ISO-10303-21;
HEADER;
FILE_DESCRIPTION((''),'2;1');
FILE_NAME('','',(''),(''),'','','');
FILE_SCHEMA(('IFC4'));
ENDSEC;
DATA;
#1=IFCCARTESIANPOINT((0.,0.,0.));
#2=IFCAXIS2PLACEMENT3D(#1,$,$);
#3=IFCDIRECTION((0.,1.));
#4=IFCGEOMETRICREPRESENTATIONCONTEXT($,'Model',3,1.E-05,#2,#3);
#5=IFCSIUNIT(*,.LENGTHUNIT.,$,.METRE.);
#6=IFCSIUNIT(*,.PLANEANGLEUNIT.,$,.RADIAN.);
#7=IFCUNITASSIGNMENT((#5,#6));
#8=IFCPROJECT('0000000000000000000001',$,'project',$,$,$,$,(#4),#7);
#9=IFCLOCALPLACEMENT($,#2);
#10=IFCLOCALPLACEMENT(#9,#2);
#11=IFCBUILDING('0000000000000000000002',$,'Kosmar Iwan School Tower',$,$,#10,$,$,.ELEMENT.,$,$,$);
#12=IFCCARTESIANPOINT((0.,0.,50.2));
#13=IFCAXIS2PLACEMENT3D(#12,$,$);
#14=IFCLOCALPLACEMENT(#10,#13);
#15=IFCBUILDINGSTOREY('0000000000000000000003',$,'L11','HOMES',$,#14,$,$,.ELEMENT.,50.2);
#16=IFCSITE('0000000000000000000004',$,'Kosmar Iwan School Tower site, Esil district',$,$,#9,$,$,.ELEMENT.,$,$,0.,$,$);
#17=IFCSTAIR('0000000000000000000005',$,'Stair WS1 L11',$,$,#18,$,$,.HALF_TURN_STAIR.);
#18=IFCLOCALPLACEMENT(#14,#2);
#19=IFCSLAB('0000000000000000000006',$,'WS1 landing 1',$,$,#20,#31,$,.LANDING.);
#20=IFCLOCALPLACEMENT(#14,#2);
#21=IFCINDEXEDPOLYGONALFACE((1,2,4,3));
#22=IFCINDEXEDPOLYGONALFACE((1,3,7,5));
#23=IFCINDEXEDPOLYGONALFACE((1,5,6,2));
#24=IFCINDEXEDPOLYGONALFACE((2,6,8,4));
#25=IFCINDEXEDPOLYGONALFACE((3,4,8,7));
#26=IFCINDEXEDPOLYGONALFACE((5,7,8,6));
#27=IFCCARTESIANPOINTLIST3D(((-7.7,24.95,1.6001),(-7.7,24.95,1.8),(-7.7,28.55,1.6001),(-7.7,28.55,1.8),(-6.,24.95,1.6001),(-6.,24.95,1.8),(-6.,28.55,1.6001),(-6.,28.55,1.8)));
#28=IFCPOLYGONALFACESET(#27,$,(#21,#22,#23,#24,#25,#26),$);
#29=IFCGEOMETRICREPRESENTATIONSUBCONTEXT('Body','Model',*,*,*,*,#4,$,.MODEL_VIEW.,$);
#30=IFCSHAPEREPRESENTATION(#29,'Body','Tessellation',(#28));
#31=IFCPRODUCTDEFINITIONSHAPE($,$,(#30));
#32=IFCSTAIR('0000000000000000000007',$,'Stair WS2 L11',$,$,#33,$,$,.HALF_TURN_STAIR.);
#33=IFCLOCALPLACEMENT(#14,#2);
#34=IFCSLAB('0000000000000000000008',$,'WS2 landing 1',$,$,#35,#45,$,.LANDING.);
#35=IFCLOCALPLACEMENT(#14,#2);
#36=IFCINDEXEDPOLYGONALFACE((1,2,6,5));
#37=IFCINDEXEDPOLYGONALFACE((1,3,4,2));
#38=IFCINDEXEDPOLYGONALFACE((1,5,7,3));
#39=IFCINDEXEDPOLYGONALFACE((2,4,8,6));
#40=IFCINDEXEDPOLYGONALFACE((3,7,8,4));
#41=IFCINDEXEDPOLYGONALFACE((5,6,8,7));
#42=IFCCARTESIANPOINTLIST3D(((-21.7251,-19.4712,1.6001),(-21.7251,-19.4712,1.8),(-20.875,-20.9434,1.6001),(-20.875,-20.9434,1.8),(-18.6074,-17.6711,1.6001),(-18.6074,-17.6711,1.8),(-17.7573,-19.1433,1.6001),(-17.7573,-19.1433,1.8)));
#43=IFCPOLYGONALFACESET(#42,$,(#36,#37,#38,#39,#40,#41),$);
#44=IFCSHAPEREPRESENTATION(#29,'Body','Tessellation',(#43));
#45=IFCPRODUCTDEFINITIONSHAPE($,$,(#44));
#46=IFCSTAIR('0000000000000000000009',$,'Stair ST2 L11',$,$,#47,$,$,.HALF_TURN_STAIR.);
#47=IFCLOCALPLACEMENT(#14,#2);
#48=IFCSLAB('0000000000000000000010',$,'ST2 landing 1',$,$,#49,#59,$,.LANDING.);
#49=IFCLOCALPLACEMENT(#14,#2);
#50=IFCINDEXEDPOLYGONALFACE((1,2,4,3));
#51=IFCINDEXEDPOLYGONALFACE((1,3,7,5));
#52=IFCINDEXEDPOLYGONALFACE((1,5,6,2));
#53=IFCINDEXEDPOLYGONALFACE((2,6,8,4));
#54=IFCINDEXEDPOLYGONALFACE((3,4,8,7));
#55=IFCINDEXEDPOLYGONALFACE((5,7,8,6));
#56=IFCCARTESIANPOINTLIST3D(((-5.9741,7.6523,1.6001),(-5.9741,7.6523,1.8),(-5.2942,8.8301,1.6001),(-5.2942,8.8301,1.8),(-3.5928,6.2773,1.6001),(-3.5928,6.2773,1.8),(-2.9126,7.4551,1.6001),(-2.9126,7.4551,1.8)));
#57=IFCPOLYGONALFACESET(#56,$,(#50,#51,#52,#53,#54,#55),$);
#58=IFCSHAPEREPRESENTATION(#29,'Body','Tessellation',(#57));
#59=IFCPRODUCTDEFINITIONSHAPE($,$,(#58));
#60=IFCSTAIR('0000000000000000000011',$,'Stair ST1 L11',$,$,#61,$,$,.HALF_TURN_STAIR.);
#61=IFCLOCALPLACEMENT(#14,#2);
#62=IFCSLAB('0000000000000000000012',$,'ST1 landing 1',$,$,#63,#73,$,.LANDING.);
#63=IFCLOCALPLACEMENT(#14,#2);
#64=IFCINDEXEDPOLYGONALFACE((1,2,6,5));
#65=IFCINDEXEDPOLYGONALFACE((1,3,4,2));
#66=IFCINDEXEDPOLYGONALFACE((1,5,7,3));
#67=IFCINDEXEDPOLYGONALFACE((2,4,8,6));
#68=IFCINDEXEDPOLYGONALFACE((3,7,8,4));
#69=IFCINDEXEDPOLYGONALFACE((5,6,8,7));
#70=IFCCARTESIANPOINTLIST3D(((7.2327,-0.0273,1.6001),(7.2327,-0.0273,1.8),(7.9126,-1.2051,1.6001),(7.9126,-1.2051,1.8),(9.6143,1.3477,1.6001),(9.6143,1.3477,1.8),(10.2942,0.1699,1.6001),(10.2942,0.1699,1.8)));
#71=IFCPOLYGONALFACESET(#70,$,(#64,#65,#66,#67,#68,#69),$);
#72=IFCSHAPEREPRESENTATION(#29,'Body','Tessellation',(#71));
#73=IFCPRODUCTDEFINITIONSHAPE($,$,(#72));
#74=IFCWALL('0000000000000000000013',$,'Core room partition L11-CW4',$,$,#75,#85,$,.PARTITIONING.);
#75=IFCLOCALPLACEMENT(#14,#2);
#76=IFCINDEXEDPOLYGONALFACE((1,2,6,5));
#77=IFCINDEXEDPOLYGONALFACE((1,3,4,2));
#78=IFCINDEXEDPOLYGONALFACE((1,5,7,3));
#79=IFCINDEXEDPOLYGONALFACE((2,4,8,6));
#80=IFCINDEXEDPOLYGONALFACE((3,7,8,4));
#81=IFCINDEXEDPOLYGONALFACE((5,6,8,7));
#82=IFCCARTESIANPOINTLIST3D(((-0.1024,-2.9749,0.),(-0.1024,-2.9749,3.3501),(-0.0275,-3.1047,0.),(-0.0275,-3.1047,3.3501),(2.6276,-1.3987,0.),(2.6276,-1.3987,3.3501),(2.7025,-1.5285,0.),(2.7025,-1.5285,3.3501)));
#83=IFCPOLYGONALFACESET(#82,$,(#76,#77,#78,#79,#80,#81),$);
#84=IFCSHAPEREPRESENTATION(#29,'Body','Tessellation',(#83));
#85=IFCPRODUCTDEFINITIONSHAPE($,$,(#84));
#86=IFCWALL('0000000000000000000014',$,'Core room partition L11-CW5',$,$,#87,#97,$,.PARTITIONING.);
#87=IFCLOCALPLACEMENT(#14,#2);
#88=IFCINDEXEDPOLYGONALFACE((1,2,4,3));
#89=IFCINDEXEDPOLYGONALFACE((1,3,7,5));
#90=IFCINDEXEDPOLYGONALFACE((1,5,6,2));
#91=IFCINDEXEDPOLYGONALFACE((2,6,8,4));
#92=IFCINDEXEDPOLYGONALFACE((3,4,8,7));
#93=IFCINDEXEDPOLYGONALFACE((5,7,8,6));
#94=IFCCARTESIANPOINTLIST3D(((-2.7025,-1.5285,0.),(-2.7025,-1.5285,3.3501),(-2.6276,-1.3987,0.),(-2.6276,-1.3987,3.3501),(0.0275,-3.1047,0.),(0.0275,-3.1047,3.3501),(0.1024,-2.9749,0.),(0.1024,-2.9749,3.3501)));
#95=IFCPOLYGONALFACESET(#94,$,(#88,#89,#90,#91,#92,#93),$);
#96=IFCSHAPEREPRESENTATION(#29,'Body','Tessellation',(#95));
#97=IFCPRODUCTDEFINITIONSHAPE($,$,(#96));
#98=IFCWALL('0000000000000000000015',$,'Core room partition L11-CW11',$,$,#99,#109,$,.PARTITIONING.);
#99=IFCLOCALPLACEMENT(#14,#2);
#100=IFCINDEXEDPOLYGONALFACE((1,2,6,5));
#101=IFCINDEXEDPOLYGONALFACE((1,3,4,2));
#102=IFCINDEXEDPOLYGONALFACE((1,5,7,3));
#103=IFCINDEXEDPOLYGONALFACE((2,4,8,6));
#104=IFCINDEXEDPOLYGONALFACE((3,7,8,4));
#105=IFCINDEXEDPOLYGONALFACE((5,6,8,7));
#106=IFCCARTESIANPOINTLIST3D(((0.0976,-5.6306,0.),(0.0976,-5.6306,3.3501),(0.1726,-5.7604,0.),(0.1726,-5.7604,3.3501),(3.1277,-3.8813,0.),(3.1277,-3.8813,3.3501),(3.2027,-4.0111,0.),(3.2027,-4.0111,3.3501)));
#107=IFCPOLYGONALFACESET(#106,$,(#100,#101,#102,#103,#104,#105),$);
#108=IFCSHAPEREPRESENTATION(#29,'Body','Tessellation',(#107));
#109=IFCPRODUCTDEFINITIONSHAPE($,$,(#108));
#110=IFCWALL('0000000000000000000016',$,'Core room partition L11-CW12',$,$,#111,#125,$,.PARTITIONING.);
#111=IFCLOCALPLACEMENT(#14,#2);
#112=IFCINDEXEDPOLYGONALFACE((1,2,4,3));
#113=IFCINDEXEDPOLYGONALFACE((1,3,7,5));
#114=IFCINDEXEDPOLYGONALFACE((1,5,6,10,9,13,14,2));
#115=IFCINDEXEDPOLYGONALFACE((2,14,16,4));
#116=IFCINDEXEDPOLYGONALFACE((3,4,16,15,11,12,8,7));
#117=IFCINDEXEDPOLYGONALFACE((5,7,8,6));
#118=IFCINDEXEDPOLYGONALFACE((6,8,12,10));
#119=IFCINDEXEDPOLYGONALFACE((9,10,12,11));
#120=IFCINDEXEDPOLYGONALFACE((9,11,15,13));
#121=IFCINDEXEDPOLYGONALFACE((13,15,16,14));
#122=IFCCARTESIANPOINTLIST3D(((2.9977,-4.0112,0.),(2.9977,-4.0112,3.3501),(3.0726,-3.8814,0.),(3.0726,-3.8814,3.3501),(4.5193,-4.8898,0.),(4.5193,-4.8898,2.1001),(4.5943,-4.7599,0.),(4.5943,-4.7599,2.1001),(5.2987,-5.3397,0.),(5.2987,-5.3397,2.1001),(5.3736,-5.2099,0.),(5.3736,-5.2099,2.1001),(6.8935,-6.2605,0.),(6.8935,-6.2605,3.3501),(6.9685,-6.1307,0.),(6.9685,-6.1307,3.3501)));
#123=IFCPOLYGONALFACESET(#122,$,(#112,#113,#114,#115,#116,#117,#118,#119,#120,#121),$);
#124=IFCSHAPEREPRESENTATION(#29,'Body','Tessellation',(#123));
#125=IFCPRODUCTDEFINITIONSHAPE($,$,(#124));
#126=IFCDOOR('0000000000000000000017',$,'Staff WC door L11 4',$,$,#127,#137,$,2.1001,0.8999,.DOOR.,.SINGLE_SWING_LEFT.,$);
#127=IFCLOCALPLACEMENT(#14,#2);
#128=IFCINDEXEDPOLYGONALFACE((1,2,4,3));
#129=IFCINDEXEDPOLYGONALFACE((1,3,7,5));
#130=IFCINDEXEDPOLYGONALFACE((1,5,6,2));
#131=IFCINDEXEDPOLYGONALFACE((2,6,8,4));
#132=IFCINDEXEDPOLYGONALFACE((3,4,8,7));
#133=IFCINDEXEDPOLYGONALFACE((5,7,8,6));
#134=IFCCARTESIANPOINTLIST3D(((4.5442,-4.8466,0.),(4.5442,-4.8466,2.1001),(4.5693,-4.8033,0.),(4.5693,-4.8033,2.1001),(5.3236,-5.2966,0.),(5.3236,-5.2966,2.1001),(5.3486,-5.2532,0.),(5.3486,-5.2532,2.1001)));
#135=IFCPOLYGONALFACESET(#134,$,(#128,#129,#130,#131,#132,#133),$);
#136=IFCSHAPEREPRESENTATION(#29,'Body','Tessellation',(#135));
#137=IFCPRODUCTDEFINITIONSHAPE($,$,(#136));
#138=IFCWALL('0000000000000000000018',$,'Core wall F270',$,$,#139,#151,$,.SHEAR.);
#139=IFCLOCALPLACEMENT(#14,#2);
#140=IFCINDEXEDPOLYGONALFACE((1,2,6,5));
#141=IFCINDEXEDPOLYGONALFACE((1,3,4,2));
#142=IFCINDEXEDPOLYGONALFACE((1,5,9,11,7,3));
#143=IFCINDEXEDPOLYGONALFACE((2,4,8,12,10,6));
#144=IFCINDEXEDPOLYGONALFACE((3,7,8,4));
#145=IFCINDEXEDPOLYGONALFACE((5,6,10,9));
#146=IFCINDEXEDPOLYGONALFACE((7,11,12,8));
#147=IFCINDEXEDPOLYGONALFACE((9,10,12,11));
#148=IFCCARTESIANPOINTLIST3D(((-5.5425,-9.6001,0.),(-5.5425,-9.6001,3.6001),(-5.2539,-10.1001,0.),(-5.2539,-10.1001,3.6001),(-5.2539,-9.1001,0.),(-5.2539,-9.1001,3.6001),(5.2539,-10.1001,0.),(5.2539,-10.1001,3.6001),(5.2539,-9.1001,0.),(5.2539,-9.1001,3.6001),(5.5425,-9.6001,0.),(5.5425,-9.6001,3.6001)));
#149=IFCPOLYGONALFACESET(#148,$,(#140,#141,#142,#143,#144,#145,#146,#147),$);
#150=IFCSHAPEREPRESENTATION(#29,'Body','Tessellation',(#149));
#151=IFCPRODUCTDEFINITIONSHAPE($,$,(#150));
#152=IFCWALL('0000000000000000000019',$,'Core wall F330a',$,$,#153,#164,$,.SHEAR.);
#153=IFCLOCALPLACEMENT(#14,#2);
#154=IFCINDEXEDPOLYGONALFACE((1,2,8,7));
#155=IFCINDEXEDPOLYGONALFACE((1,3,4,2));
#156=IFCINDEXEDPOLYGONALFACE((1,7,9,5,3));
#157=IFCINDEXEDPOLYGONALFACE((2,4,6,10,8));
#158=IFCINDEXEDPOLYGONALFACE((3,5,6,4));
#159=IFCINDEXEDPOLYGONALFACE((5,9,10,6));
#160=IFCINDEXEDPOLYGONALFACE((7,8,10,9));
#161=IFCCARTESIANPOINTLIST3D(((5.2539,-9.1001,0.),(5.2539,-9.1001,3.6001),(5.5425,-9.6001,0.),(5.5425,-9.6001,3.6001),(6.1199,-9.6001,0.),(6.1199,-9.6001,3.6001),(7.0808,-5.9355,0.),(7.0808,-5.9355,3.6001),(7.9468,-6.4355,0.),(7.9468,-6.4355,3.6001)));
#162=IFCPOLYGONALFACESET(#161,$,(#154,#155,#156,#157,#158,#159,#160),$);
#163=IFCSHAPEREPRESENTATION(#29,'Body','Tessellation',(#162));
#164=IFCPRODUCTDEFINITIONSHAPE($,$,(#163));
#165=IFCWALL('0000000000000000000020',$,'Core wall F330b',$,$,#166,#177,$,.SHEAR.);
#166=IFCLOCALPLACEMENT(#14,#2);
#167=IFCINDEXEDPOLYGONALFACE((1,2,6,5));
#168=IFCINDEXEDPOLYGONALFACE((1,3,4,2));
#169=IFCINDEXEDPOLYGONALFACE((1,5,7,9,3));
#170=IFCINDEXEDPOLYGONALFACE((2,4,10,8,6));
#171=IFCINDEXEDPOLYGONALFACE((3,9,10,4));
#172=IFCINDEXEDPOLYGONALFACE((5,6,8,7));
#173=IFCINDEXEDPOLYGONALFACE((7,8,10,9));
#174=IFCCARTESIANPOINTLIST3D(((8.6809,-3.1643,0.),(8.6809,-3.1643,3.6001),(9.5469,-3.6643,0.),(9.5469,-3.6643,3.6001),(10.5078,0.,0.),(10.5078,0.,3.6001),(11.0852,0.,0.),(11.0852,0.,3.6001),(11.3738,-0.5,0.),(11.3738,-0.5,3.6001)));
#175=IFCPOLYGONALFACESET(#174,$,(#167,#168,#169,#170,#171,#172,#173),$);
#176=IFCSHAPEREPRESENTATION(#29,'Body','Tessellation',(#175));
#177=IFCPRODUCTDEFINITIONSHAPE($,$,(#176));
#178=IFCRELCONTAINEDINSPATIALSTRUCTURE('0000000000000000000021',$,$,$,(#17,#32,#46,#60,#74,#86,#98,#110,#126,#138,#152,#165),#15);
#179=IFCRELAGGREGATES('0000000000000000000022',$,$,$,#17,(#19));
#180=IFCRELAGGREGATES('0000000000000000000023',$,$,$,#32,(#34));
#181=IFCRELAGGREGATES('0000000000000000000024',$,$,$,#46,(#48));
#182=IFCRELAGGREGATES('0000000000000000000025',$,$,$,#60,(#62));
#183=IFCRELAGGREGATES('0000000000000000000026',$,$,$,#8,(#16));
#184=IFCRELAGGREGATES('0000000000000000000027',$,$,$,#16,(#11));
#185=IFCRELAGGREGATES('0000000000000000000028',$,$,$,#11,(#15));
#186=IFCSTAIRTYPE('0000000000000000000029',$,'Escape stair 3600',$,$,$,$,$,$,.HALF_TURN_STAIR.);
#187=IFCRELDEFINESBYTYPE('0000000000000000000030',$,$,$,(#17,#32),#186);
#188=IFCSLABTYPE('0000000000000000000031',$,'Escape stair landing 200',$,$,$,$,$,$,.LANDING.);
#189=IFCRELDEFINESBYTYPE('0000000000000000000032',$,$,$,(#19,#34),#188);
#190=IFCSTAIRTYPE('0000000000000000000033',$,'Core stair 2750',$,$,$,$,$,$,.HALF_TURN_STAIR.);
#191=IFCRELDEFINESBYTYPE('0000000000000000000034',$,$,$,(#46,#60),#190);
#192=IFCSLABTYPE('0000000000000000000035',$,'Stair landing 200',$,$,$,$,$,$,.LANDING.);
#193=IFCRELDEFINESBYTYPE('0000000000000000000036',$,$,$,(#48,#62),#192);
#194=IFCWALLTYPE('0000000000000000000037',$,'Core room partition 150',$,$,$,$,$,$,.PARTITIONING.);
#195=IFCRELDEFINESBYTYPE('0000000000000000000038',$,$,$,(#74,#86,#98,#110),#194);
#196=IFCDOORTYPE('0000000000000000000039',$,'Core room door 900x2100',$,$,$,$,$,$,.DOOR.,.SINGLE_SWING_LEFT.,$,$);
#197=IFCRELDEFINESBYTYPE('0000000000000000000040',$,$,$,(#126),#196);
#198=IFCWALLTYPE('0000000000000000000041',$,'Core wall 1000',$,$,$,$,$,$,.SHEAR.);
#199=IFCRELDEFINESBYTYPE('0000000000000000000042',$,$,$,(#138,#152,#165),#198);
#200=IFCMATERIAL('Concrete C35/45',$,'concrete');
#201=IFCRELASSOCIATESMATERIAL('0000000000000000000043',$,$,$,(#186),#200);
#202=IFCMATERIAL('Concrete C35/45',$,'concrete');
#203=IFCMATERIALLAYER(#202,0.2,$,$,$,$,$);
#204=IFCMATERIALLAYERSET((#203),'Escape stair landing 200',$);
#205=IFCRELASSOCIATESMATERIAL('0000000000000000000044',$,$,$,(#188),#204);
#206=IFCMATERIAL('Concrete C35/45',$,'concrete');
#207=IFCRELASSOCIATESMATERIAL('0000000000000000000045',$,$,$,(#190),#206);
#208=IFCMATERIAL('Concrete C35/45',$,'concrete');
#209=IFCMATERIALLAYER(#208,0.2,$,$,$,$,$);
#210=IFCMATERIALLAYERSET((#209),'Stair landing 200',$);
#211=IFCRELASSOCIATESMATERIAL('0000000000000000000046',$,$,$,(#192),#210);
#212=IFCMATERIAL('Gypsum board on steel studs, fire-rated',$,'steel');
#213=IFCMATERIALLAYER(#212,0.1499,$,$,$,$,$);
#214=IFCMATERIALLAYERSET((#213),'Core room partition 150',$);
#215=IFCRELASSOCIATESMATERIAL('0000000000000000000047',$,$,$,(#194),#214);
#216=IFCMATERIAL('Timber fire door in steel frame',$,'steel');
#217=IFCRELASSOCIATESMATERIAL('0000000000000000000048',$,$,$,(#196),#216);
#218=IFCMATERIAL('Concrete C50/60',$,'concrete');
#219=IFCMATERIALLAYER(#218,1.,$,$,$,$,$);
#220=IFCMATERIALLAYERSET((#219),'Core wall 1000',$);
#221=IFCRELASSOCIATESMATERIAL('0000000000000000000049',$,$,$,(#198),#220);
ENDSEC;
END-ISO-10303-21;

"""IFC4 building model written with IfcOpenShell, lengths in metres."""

from ifc_helpers import new_model, si_unit, direction, frame, frame_2d, origin, place, context, subcontext, project, spatial, polyline, rectangle, outline, extrude, material, layer, layer_set, type_object, element, fill, aggregate, save


model = new_model("IFC4")

# Units and contexts
model_context = context("Model", 3, precision=1e-05, world=origin(), true_north=direction((0.0, 1.0)))
body_context = subcontext(model_context, "Body", "Model", "MODEL_VIEW")
ifc_project = project(units=[si_unit("LENGTHUNIT", "METRE"), si_unit("PLANEANGLEUNIT", "RADIAN")], contexts=[model_context])

# Site, building, storey
site_placement = place(None, origin())
site = spatial("IfcSite", under=ifc_project, at=site_placement, Name="Kosmar Iwan School Tower site, Esil district", CompositionType="ELEMENT", RefElevation=0.0)
building_placement = place(site_placement, origin())
building = spatial("IfcBuilding", under=site, at=building_placement, Name="Kosmar Iwan School Tower", CompositionType="ELEMENT")
storey_placement = place(building_placement, frame((0.0, 0.0, 50.2)))
storey = spatial("IfcBuildingStorey", under=building, at=storey_placement, Name="L11", Description="HOMES", CompositionType="ELEMENT", Elevation=50.2)

# Stairs, slabs
ifc_material_1 = material(Name="Concrete C35/45", Category="concrete")
stair_type_1 = type_object("IfcStairType", Name="Escape stair 3600", PredefinedType="HALF_TURN_STAIR", material=ifc_material_1)
stair_1_placement = place(storey_placement, origin())
stair_1 = element("IfcStair", 1, at=stair_1_placement, inside=storey, type_object=stair_type_1, Name="Stair WS1 L11", PredefinedType="HALF_TURN_STAIR")
ifc_material_2 = material(Name="Concrete C35/45", Category="concrete")
ifc_layer_1 = layer(ifc_material_2, 0.2)
ifc_layer_set_1 = layer_set([ifc_layer_1], Name="Escape stair landing 200")
slab_type_1 = type_object("IfcSlabType", Name="Escape stair landing 200", PredefinedType="LANDING", material=ifc_layer_set_1)
slab_1_placement = place(storey_placement, frame((0.0, 0.0, 1.6001)))
slab_1 = element("IfcSlab", 2, at=slab_1_placement, type_object=slab_type_1, Name="WS1 landing 1", PredefinedType="LANDING", context=body_context, shape_type="SweptSolid", body=[
    extrude(outline(polyline([(-6.0, 24.95), (-6.0, 28.55), (-7.7, 28.55), (-7.7, 24.95), (-6.0, 24.95)])), origin(), (0.0, 0.0, 1.0), 0.2),
])
aggregate(stair_1, [slab_1])
stair_2_placement = place(storey_placement, origin())
stair_2 = element("IfcStair", 3, at=stair_2_placement, inside=storey, type_object=stair_type_1, Name="Stair WS2 L11", PredefinedType="HALF_TURN_STAIR")
slab_2_placement = place(storey_placement, frame((0.0, 0.0, 1.6001)))
slab_2 = element("IfcSlab", 4, at=slab_2_placement, type_object=slab_type_1, Name="WS2 landing 1", PredefinedType="LANDING", context=body_context, shape_type="SweptSolid", body=[
    extrude(outline(polyline([(-18.6074, -17.6711), (-21.7251, -19.4712), (-20.875, -20.9434), (-17.7573, -19.1433), (-18.6074, -17.6711)])), origin(), (0.0, 0.0, 1.0), 0.2),
])
aggregate(stair_2, [slab_2])
ifc_material_3 = material(Name="Concrete C35/45", Category="concrete")
stair_type_2 = type_object("IfcStairType", Name="Core stair 2750", PredefinedType="HALF_TURN_STAIR", material=ifc_material_3)
stair_3_placement = place(storey_placement, origin())
stair_3 = element("IfcStair", 5, at=stair_3_placement, inside=storey, type_object=stair_type_2, Name="Stair ST2 L11", PredefinedType="HALF_TURN_STAIR")
ifc_material_4 = material(Name="Concrete C35/45", Category="concrete")
ifc_layer_2 = layer(ifc_material_4, 0.2)
ifc_layer_set_2 = layer_set([ifc_layer_2], Name="Stair landing 200")
slab_type_2 = type_object("IfcSlabType", Name="Stair landing 200", PredefinedType="LANDING", material=ifc_layer_set_2)
slab_3_placement = place(storey_placement, frame((0.0, 0.0, 1.6001)))
slab_3 = element("IfcSlab", 6, at=slab_3_placement, type_object=slab_type_2, Name="ST2 landing 1", PredefinedType="LANDING", context=body_context, shape_type="SweptSolid", body=[
    extrude(outline(polyline([(-2.9126, 7.4551), (-5.2942, 8.8301), (-5.9741, 7.6523), (-3.5928, 6.2773), (-2.9126, 7.4551)])), origin(), (0.0, 0.0, 1.0), 0.2),
])
aggregate(stair_3, [slab_3])
stair_4_placement = place(storey_placement, origin())
stair_4 = element("IfcStair", 7, at=stair_4_placement, inside=storey, type_object=stair_type_2, Name="Stair ST1 L11", PredefinedType="HALF_TURN_STAIR")
slab_4_placement = place(storey_placement, frame((0.0, 0.0, 1.6001)))
slab_4 = element("IfcSlab", 8, at=slab_4_placement, type_object=slab_type_2, Name="ST1 landing 1", PredefinedType="LANDING", context=body_context, shape_type="SweptSolid", body=[
    extrude(outline(polyline([(7.9126, -1.2051), (10.2942, 0.1699), (9.6143, 1.3477), (7.2327, -0.0273), (7.9126, -1.2051)])), origin(), (0.0, 0.0, 1.0), 0.2),
])
aggregate(stair_4, [slab_4])

# Walls
ifc_material_5 = material(Name="Gypsum board on steel studs, fire-rated", Category="steel")
ifc_layer_3 = layer(ifc_material_5, 0.1499)
ifc_layer_set_3 = layer_set([ifc_layer_3], Name="Core room partition 150")
wall_type_1 = type_object("IfcWallType", Name="Core room partition 150", PredefinedType="PARTITIONING", material=ifc_layer_set_3)
for number, where, z_axis, x_axis, name in (
    (9, (2.665, -1.4636, 0.0), (0.0, 0.0, 1.0), (-0.866023, -0.500004, 0.0), "Core room partition L11-CW4"),
    (10, (0.0649, -3.0398, 0.0), (0.0, 0.0, 1.0), (-0.866023, 0.500004, 0.0), "Core room partition L11-CW5"),
):
    element("IfcWall", number, at=place(storey_placement, frame(where, z_axis=z_axis, x_axis=x_axis)), inside=storey, type_object=wall_type_1, Name=name, PredefinedType="PARTITIONING", context=body_context, shape_type="SweptSolid", body=[
        extrude(rectangle(XDim=3.1523, YDim=0.1499, at=frame_2d((1.5762, 0.0))), origin(), (0.0, 0.0, 1.0), 3.3501),
    ])
wall_1_placement = place(storey_placement, frame((0.135, -5.6956, 0.0), z_axis=(0.0, 0.0, 1.0), x_axis=(0.86604, 0.499974, 0.0)))
element("IfcWall", 11, at=wall_1_placement, inside=storey, type_object=wall_type_1, Name="Core room partition L11-CW11", PredefinedType="PARTITIONING", context=body_context, shape_type="SweptSolid", body=[
    extrude(rectangle(XDim=3.4988, YDim=0.1499, at=frame_2d((1.7495, 0.0))), origin(), (0.0, 0.0, 1.0), 3.3501),
])

# Wall, opening, door
wall_2_placement = place(storey_placement, frame((3.0352, -3.9463, 0.0), z_axis=(0.0, 0.0, 1.0), x_axis=(0.86602, -0.500009, 0.0)))
wall_2 = element("IfcWall", 12, at=wall_2_placement, inside=storey, type_object=wall_type_1, Name="Core room partition L11-CW12", PredefinedType="PARTITIONING", context=body_context, shape_type="SweptSolid", body=[
    extrude(rectangle(XDim=4.4985, YDim=0.1499, at=frame_2d((2.2493, 0.0))), origin(), (0.0, 0.0, 1.0), 3.3501),
])
opening_1_placement = place(wall_2_placement, frame((1.7571, 0.0, 0.0)))
opening_1 = element("IfcOpeningElement", 13, at=opening_1_placement, cuts=wall_2, PredefinedType="OPENING", context=body_context, shape_type="SweptSolid", body=[
    extrude(rectangle(XDim=0.8999, YDim=2.1001, at=frame_2d((0.45, 1.05))), frame((0.0, 0.0869, 0.0), z_axis=(0.0, -1.0, 0.0), x_axis=(1.0, 0.0, 0.0)), (0.0, 0.0, 1.0), 0.1738),
])
ifc_material_6 = material(Name="Timber fire door in steel frame", Category="steel")
door_type_1 = type_object("IfcDoorType", Name="Core room door 900x2100", OperationType="SINGLE_SWING_LEFT", PredefinedType="DOOR", material=ifc_material_6)
door_1_placement = place(opening_1_placement, origin())
door_1 = element("IfcDoor", 14, at=door_1_placement, inside=storey, type_object=door_type_1, Name="Staff WC door L11 4", OperationType="SINGLE_SWING_LEFT", OverallHeight=2.1001, OverallWidth=0.8999, PredefinedType="DOOR", context=body_context, shape_type="SweptSolid", body=[
    extrude(rectangle(XDim=0.8999, YDim=2.1001, at=frame_2d((0.45, 1.05))), frame((0.0, 0.0249, 0.0), z_axis=(0.0, -1.0, 0.0), x_axis=(1.0, 0.0, 0.0)), (0.0, 0.0, 1.0), 0.05),
])
fill(opening_1, door_1)

# Walls
ifc_material_7 = material(Name="Concrete C50/60", Category="concrete")
ifc_layer_4 = layer(ifc_material_7, 1.0)
ifc_layer_set_4 = layer_set([ifc_layer_4], Name="Core wall 1000")
wall_type_2 = type_object("IfcWallType", Name="Core wall 1000", PredefinedType="SHEAR", material=ifc_layer_set_4)
wall_3_placement = place(storey_placement, origin())
element("IfcWall", 15, at=wall_3_placement, inside=storey, type_object=wall_type_2, Name="Core wall F270", PredefinedType="SHEAR", context=body_context, shape_type="SweptSolid", body=[
    extrude(outline(polyline([(-5.2539, -10.1001), (5.2539, -10.1001), (5.5425, -9.6001), (5.2539, -9.1001), (-5.2539, -9.1001), (-5.5425, -9.6001), (-5.2539, -10.1001)])), origin(), (0.0, 0.0, 1.0), 3.6001),
])
wall_4_placement = place(storey_placement, origin())
element("IfcWall", 16, at=wall_4_placement, inside=storey, type_object=wall_type_2, Name="Core wall F330a", PredefinedType="SHEAR", context=body_context, shape_type="SweptSolid", body=[
    extrude(outline(polyline([(5.5425, -9.6001), (6.1199, -9.6001), (7.9468, -6.4355), (7.0808, -5.9355), (5.2539, -9.1001), (5.5425, -9.6001)])), origin(), (0.0, 0.0, 1.0), 3.6001),
])
wall_5_placement = place(storey_placement, origin())
element("IfcWall", 17, at=wall_5_placement, inside=storey, type_object=wall_type_2, Name="Core wall F330b", PredefinedType="SHEAR", context=body_context, shape_type="SweptSolid", body=[
    extrude(outline(polyline([(9.5469, -3.6643), (11.3738, -0.5), (11.0852, 0.0), (10.5078, 0.0), (8.6809, -3.1643), (9.5469, -3.6643)])), origin(), (0.0, 0.0, 1.0), 3.6001),
])

save(model, "model.ifc")
